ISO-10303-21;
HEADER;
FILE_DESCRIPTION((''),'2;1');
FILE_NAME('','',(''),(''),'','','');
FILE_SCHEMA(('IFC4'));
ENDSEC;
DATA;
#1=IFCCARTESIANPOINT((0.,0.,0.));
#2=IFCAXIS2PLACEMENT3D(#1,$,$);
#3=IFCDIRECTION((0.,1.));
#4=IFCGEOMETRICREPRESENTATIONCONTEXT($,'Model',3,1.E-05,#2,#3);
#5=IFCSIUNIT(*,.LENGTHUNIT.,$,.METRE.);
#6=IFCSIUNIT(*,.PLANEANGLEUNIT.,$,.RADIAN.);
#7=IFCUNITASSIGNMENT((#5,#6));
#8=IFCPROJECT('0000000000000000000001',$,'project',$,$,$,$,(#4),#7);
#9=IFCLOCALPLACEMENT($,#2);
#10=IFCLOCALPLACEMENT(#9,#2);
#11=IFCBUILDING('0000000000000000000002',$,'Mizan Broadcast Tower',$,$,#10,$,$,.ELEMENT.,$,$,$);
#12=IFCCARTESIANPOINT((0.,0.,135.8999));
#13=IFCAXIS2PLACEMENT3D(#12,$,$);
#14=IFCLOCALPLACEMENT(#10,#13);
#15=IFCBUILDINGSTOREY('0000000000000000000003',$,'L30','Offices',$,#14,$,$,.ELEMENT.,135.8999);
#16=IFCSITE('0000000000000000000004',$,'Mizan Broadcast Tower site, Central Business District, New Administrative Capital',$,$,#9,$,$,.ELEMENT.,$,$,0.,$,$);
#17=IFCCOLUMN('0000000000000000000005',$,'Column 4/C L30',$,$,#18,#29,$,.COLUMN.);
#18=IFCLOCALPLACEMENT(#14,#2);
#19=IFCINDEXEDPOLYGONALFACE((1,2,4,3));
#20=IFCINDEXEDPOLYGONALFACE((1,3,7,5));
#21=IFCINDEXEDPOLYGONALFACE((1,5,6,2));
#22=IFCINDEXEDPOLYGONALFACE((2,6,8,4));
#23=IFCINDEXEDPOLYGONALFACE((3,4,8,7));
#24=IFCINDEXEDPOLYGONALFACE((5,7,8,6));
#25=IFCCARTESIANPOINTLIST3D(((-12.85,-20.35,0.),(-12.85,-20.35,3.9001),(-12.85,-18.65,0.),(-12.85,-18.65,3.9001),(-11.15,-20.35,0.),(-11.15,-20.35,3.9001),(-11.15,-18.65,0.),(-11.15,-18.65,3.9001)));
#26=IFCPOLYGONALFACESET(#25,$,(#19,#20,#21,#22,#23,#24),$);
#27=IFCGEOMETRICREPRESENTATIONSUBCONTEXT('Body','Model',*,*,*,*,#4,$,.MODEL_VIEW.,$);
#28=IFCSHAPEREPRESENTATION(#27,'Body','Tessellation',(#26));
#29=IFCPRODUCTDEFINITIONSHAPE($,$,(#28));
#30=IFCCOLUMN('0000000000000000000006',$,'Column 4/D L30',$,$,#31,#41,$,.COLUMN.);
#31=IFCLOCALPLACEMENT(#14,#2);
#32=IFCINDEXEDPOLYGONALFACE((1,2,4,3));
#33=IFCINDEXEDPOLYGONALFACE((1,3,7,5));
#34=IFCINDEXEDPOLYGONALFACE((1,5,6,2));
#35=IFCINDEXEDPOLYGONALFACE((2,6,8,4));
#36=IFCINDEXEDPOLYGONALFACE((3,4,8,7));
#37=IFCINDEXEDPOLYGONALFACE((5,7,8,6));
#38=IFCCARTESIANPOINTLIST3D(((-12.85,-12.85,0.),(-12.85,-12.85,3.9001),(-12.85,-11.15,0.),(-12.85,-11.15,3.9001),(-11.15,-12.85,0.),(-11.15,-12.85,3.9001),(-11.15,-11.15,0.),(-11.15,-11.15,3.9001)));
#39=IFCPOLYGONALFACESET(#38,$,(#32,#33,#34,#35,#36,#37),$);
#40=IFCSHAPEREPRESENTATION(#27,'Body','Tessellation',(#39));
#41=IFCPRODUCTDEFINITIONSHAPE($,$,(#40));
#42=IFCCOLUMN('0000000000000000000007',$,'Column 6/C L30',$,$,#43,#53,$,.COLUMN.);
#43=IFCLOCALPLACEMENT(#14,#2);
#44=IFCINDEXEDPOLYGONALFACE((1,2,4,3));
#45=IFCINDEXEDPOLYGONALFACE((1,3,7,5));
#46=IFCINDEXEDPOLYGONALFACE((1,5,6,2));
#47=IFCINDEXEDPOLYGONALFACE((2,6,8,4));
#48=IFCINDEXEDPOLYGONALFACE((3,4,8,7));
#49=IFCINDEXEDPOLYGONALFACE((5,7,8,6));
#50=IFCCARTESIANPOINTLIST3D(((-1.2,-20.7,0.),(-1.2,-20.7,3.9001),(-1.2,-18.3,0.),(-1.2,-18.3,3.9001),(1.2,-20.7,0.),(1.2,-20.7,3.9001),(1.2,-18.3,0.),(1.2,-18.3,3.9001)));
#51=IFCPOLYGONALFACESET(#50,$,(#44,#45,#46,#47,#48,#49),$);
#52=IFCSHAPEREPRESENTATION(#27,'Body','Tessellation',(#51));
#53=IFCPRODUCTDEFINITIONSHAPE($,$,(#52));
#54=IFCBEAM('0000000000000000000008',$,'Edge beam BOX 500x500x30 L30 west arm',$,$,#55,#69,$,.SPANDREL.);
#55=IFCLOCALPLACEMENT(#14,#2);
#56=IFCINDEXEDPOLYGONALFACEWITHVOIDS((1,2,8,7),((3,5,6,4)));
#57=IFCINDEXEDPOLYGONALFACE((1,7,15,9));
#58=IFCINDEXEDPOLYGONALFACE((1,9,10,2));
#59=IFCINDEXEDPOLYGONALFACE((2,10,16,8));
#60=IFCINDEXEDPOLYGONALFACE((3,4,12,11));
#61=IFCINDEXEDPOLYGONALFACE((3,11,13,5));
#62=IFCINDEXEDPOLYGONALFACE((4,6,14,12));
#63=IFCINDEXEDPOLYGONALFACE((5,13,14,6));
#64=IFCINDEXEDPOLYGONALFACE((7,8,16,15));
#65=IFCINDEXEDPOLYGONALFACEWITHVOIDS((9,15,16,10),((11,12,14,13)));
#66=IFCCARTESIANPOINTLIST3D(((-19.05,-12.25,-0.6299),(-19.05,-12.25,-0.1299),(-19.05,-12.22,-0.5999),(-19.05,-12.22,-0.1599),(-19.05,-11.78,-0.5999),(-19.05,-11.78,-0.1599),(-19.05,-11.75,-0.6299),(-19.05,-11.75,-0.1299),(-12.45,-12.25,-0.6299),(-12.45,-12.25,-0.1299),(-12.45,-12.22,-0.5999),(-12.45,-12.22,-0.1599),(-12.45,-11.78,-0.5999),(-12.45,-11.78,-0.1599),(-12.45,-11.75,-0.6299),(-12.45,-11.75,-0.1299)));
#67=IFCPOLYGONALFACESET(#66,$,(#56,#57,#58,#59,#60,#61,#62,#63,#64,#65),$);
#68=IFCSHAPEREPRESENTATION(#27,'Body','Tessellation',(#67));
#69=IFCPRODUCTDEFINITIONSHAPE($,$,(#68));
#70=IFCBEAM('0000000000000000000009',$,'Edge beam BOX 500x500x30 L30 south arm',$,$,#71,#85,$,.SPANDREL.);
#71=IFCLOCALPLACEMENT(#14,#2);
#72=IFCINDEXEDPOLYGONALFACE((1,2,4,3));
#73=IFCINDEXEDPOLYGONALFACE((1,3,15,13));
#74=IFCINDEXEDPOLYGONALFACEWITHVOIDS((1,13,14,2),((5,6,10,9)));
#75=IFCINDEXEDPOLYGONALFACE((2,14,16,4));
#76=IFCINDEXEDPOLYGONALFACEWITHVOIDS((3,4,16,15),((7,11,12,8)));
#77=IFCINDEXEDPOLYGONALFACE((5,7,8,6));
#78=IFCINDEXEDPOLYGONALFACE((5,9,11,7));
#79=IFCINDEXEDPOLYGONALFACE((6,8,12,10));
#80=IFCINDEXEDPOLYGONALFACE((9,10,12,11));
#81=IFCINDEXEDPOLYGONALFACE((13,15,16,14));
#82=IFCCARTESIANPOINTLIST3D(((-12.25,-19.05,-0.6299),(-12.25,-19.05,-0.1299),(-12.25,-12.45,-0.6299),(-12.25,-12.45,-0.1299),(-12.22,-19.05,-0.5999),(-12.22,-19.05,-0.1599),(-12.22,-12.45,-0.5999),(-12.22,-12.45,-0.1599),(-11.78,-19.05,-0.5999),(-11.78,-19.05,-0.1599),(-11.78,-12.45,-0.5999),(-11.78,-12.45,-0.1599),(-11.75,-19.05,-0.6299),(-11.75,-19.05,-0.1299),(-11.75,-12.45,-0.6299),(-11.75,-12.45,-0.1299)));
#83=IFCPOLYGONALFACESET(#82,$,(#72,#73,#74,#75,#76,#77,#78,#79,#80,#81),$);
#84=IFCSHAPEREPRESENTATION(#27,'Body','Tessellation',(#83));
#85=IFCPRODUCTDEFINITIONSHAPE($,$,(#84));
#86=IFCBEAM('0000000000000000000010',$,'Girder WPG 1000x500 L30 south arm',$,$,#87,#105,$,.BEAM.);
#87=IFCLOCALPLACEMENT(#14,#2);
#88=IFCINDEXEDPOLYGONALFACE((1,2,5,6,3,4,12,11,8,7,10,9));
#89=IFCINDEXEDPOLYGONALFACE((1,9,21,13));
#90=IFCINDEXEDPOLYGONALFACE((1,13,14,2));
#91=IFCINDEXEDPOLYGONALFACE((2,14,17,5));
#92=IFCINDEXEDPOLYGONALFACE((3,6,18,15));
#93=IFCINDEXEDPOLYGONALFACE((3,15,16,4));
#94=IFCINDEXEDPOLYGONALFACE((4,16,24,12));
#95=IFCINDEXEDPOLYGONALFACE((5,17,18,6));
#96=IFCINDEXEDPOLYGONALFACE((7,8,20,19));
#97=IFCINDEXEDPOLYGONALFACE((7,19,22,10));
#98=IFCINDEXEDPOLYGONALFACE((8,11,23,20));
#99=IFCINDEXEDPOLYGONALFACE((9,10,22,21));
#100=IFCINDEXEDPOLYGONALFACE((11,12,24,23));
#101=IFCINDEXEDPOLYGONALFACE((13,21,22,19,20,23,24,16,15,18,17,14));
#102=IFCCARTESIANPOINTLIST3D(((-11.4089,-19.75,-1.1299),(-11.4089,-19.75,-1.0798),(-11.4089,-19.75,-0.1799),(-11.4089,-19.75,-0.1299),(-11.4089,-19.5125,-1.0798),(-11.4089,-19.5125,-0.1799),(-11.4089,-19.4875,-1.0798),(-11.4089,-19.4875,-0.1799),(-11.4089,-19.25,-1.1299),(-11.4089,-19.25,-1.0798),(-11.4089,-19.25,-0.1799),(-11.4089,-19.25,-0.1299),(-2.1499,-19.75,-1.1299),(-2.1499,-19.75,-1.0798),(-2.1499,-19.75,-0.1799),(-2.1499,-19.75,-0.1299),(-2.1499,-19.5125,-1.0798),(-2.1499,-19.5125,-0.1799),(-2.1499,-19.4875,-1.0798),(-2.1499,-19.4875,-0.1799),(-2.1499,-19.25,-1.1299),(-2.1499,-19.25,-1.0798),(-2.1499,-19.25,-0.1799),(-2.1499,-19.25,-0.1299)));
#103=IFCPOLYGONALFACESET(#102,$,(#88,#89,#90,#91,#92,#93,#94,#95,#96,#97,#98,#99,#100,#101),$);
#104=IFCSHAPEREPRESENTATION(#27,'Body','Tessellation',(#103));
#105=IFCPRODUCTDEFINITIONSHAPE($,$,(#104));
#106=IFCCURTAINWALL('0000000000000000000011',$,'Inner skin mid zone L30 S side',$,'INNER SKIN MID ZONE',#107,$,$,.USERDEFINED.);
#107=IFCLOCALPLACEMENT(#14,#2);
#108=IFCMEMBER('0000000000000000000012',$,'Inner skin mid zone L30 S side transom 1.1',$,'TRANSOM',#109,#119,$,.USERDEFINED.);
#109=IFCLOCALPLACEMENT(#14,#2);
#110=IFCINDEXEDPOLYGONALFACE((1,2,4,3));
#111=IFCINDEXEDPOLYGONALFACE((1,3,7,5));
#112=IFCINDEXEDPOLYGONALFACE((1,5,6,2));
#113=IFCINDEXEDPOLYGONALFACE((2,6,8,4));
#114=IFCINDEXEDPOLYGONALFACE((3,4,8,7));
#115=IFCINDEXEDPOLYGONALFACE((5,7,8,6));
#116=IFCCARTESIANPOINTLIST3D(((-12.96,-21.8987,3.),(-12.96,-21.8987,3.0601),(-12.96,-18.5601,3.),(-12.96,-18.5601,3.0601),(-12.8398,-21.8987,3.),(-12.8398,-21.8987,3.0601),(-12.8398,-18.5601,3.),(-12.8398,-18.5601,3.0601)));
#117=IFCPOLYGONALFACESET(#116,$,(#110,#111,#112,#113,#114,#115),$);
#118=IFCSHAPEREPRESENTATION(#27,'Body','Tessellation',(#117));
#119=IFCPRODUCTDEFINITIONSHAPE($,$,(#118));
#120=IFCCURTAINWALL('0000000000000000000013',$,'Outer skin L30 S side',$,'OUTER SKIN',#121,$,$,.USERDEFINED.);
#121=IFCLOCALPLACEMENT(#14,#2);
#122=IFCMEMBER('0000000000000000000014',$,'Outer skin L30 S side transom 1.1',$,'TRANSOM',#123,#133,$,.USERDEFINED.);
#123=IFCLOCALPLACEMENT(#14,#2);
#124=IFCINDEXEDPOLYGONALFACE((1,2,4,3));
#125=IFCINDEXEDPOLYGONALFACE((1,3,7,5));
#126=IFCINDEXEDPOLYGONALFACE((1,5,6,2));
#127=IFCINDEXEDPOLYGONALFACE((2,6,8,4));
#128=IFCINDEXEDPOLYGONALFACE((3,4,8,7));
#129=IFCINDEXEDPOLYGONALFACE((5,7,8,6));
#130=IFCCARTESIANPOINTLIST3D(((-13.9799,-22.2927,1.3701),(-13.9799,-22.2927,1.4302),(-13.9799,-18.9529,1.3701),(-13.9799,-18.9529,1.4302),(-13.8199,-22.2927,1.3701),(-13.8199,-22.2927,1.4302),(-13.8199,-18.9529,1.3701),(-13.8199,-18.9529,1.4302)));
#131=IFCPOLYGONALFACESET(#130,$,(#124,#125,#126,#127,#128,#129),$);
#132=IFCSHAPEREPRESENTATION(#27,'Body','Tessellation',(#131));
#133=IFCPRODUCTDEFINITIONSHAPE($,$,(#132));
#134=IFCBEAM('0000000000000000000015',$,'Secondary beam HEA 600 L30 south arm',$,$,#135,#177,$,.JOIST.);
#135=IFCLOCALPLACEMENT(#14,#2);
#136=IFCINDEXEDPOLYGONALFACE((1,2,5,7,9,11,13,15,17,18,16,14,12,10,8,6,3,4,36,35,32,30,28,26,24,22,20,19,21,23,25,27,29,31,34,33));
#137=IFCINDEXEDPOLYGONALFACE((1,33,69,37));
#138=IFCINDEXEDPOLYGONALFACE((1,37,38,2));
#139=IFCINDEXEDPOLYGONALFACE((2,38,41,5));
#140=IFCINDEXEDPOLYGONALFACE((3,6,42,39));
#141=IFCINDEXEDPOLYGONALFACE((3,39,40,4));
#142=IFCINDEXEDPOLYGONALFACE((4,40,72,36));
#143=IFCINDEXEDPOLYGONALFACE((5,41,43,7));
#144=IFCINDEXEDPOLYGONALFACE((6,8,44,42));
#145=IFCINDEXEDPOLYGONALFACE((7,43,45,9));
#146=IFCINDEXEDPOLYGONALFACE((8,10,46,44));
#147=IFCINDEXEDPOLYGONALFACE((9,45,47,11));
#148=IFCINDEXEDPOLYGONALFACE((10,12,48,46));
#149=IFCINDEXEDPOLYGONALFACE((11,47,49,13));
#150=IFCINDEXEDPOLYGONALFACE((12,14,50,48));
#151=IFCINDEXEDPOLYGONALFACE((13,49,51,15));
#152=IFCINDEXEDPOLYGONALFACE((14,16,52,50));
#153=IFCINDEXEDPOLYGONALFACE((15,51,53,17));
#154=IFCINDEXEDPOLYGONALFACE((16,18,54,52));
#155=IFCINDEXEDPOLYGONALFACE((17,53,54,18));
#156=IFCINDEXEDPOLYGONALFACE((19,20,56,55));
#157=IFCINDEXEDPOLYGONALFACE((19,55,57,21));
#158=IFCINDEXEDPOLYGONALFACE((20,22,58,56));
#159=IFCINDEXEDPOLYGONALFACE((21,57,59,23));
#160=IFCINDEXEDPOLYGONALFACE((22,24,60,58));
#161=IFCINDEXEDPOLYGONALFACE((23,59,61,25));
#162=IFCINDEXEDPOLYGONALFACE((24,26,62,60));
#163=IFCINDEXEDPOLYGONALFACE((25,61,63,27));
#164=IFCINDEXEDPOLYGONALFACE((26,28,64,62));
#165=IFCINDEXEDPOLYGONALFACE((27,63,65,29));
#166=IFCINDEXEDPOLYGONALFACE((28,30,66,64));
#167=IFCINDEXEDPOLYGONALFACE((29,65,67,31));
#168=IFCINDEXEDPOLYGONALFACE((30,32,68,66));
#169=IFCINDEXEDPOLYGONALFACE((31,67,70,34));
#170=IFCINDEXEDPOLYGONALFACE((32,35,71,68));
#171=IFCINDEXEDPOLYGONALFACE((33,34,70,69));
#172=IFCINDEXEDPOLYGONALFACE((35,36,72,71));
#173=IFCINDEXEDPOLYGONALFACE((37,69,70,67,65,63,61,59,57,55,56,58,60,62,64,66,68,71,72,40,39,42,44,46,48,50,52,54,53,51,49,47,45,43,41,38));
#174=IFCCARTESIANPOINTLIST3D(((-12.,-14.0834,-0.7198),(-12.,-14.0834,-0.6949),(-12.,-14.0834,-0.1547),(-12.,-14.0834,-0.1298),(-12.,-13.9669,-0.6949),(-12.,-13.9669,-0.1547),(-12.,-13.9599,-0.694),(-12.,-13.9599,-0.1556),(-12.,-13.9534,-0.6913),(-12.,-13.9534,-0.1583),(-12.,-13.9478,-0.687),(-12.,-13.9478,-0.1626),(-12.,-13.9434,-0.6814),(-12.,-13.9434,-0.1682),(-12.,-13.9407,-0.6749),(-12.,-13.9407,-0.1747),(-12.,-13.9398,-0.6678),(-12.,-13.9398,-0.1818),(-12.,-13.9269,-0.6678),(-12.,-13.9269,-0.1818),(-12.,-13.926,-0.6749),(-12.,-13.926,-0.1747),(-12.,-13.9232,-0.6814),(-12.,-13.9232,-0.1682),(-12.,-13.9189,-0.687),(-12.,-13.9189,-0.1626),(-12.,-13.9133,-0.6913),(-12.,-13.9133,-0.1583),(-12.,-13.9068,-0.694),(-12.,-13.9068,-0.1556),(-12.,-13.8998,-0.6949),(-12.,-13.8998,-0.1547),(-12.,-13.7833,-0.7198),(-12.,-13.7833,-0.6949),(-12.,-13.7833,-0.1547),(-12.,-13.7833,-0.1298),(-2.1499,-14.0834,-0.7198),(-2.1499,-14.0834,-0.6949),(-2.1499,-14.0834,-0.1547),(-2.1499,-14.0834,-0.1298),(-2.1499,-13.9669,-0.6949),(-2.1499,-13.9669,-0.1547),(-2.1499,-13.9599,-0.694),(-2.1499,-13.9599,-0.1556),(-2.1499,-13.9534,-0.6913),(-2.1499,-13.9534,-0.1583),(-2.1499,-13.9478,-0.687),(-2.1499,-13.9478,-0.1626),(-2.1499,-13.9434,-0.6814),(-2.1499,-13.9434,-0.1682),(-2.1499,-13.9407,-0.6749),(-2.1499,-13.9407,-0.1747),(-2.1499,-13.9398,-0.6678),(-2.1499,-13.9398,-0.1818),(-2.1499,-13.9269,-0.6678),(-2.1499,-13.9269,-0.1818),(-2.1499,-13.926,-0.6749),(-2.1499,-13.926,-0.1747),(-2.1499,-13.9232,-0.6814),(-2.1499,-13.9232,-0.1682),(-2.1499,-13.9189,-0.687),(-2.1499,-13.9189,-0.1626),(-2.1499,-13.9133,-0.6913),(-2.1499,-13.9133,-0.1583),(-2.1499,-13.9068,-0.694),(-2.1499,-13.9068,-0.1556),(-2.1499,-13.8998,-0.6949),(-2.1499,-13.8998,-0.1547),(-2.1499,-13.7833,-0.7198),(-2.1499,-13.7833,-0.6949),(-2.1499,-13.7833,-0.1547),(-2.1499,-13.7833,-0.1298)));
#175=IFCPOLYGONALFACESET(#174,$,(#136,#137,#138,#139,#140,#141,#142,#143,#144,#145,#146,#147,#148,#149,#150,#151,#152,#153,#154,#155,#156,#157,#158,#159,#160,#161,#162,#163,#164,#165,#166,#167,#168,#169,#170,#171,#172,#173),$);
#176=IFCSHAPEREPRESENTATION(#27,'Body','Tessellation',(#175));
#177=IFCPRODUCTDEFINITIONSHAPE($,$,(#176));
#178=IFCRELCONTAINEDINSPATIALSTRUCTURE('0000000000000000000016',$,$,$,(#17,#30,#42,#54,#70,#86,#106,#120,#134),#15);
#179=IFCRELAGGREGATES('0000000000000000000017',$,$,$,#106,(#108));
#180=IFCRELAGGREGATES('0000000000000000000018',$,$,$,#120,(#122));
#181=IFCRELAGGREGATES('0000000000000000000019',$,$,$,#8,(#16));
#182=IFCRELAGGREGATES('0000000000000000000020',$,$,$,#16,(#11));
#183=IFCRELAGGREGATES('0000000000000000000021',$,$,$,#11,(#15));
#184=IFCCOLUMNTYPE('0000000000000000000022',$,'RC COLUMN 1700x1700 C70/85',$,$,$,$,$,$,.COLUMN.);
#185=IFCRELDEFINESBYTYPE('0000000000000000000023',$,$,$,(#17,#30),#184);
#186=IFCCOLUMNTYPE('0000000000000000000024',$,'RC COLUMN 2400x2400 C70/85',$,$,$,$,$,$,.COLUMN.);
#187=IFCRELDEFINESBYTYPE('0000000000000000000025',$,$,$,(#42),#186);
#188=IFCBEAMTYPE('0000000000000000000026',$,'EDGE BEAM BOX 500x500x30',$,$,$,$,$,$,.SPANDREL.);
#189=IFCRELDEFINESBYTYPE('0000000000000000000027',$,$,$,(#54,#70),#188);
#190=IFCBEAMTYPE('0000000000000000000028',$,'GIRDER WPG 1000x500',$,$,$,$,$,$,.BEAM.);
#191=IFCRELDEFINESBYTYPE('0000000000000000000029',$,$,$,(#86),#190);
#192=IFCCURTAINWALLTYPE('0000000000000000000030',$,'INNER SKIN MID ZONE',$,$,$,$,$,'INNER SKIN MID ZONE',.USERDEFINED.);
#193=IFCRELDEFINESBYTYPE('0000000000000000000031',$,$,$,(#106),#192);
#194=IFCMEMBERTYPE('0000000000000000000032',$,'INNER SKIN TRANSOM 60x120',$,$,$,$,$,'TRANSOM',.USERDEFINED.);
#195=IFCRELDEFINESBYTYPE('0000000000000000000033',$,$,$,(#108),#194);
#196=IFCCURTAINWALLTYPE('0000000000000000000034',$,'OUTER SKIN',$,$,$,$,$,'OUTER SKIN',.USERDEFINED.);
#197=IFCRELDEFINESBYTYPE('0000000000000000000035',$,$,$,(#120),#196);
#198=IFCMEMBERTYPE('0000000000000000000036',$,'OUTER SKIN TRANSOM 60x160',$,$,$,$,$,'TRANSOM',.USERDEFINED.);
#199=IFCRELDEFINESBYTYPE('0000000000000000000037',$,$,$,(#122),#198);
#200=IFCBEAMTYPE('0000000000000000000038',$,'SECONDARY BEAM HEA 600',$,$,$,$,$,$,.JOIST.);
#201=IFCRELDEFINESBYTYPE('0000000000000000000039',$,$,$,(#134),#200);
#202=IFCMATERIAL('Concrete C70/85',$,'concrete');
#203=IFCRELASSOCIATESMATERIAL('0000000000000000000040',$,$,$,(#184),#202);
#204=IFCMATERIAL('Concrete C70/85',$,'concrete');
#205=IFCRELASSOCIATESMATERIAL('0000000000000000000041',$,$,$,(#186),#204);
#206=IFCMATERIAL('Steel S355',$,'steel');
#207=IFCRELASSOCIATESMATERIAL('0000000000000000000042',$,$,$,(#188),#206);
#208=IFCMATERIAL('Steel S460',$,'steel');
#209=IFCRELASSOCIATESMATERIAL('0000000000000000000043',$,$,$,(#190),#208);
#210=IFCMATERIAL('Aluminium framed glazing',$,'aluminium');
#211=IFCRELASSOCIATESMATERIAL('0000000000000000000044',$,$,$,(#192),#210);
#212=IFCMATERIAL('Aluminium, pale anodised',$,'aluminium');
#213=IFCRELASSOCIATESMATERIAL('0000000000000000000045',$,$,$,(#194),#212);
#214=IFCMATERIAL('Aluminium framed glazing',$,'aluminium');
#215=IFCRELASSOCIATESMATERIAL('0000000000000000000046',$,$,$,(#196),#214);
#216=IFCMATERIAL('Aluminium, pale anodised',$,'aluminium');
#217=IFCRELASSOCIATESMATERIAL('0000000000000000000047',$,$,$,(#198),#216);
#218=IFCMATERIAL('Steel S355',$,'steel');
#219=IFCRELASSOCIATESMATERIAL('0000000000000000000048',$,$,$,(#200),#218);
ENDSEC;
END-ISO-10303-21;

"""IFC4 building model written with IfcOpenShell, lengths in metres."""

from ifc_helpers import new_model, si_unit, direction, frame, origin, origin_2d, place, context, subcontext, project, spatial, rectangle, hollow_rectangle, i_section, extrude, material, material_profile, profile_set, type_object, element, aggregate, save


model = new_model("IFC4")

# Units and contexts
model_context = context("Model", 3, precision=1e-05, world=origin(), true_north=direction((0.0, 1.0)))
body_context = subcontext(model_context, "Body", "Model", "MODEL_VIEW")
ifc_project = project(units=[si_unit("LENGTHUNIT", "METRE"), si_unit("PLANEANGLEUNIT", "RADIAN")], contexts=[model_context])

# Site, building, storey
site_placement = place(None, origin())
site = spatial("IfcSite", under=ifc_project, at=site_placement, Name="Mizan Broadcast Tower site, Central Business District, New Administrative Capital", CompositionType="ELEMENT", RefElevation=0.0)
building_placement = place(site_placement, origin())
building = spatial("IfcBuilding", under=site, at=building_placement, Name="Mizan Broadcast Tower", CompositionType="ELEMENT")
storey_placement = place(building_placement, frame((0.0, 0.0, 135.8999)))
storey = spatial("IfcBuildingStorey", under=building, at=storey_placement, Name="L30", Description="Offices", CompositionType="ELEMENT", Elevation=135.8999)

# Columns
ifc_material_1 = material(Name="Concrete C70/85", Category="concrete")
ifc_material_profile_1 = material_profile(ifc_material_1, rectangle(XDim=1.7, YDim=1.7, at=origin_2d()), Name="RC 1700x1700")
ifc_profile_set_1 = profile_set([ifc_material_profile_1], Name="Concrete C70/85")
column_type_1 = type_object("IfcColumnType", Name="RC COLUMN 1700x1700 C70/85", PredefinedType="COLUMN", material=ifc_profile_set_1)
for number, where, z_axis, x_axis, name in (
    (1, (-12.0, -19.5, 0.0), (0.0, 0.0, 1.0), (1.0, 0.0, 0.0), "Column 4/C L30"),
    (2, (-12.0, -12.0, 0.0), (0.0, 0.0, 1.0), (1.0, 0.0, 0.0), "Column 4/D L30"),
):
    element("IfcColumn", number, at=place(storey_placement, frame(where, z_axis=z_axis, x_axis=x_axis)), inside=storey, type_object=column_type_1, Name=name, PredefinedType="COLUMN", context=body_context, shape_type="SweptSolid", body=[
        extrude(rectangle(XDim=1.7, YDim=1.7, at=origin_2d()), origin(), (0.0, 0.0, 1.0), 3.9001),
    ])
ifc_material_2 = material(Name="Concrete C70/85", Category="concrete")
ifc_material_profile_2 = material_profile(ifc_material_2, rectangle(XDim=2.3999, YDim=2.3999, at=origin_2d()), Name="RC 2400x2400")
ifc_profile_set_2 = profile_set([ifc_material_profile_2], Name="Concrete C70/85")
column_type_2 = type_object("IfcColumnType", Name="RC COLUMN 2400x2400 C70/85", PredefinedType="COLUMN", material=ifc_profile_set_2)
column_placement = place(storey_placement, frame((0.0, -19.5, 0.0), z_axis=(0.0, 0.0, 1.0), x_axis=(1.0, 0.0, 0.0)))
element("IfcColumn", 3, at=column_placement, inside=storey, type_object=column_type_2, Name="Column 6/C L30", PredefinedType="COLUMN", context=body_context, shape_type="SweptSolid", body=[
    extrude(rectangle(XDim=2.3999, YDim=2.3999, at=origin_2d()), origin(), (0.0, 0.0, 1.0), 3.9001),
])

# Beams
ifc_material_3 = material(Name="Steel S355", Category="steel")
ifc_material_profile_3 = material_profile(ifc_material_3, hollow_rectangle(XDim=0.5, YDim=0.5, WallThickness=0.03, at=origin_2d()), Name="BOX 500x500x30")
ifc_profile_set_3 = profile_set([ifc_material_profile_3], Name="Steel S355")
beam_type_1 = type_object("IfcBeamType", Name="EDGE BEAM BOX 500x500x30", PredefinedType="SPANDREL", material=ifc_profile_set_3)
for number, where, z_axis, x_axis, name in (
    (4, (-12.45, -12.0, -0.3799), (-1.0, 0.0, 0.0), (0.0, -1.0, 0.0), "Edge beam BOX 500x500x30 L30 west arm"),
    (5, (-12.0, -12.45, -0.3799), (0.0, -1.0, 0.0), (1.0, 0.0, 0.0), "Edge beam BOX 500x500x30 L30 south arm"),
):
    element("IfcBeam", number, at=place(storey_placement, frame(where, z_axis=z_axis, x_axis=x_axis)), inside=storey, type_object=beam_type_1, Name=name, PredefinedType="SPANDREL", context=body_context, shape_type="SweptSolid", body=[
        extrude(hollow_rectangle(XDim=0.5, YDim=0.5, WallThickness=0.03, at=origin_2d()), origin(), (0.0, 0.0, 1.0), 6.6001),
    ])
ifc_material_4 = material(Name="Steel S460", Category="steel")
ifc_material_profile_4 = material_profile(ifc_material_4, i_section(OverallWidth=0.5, OverallDepth=1.0, WebThickness=0.0249, FlangeThickness=0.05, at=origin_2d()), Name="WPG 1000x500")
ifc_profile_set_4 = profile_set([ifc_material_profile_4], Name="Steel S460")
beam_type_2 = type_object("IfcBeamType", Name="GIRDER WPG 1000x500", PredefinedType="BEAM", material=ifc_profile_set_4)
beam_1_placement = place(storey_placement, frame((-11.4089, -19.5, -0.6299), z_axis=(1.0, 0.0, 0.0), x_axis=(0.0, 1.0, 0.0)))
element("IfcBeam", 6, at=beam_1_placement, inside=storey, type_object=beam_type_2, Name="Girder WPG 1000x500 L30 south arm", PredefinedType="BEAM", context=body_context, shape_type="SweptSolid", body=[
    extrude(i_section(OverallWidth=0.5, OverallDepth=1.0, WebThickness=0.0249, FlangeThickness=0.05, at=origin_2d()), origin(), (0.0, 0.0, 1.0), 9.259),
])

# Curtain walls, members
ifc_material_5 = material(Name="Aluminium framed glazing", Category="aluminium")
curtain_wall_type_1 = type_object("IfcCurtainWallType", Name="INNER SKIN MID ZONE", ElementType="INNER SKIN MID ZONE", PredefinedType="USERDEFINED", material=ifc_material_5)
curtain_wall_1_placement = place(storey_placement, origin())
curtain_wall_1 = element("IfcCurtainWall", 7, at=curtain_wall_1_placement, inside=storey, type_object=curtain_wall_type_1, Name="Inner skin mid zone L30 S side", ObjectType="INNER SKIN MID ZONE", PredefinedType="USERDEFINED")
ifc_material_6 = material(Name="Aluminium, pale anodised", Category="aluminium")
ifc_material_profile_5 = material_profile(ifc_material_6, rectangle(XDim=0.1201, YDim=0.0601, at=origin_2d()), Name="TRANSOM 120x60")
ifc_profile_set_5 = profile_set([ifc_material_profile_5], Name="Aluminium, pale anodised")
member_type_1 = type_object("IfcMemberType", Name="INNER SKIN TRANSOM 60x120", ElementType="TRANSOM", PredefinedType="USERDEFINED", material=ifc_profile_set_5)
member_1_placement = place(storey_placement, frame((-12.8999, -18.5601, 3.03), z_axis=(0.0, -1.0, 0.0), x_axis=(1.0, 0.0, 0.0)))
member_1 = element("IfcMember", 8, at=member_1_placement, type_object=member_type_1, Name="Inner skin mid zone L30 S side transom 1.1", ObjectType="TRANSOM", PredefinedType="USERDEFINED", context=body_context, shape_type="SweptSolid", body=[
    extrude(rectangle(XDim=0.1201, YDim=0.0601, at=origin_2d()), origin(), (0.0, 0.0, 1.0), 3.3386),
])
aggregate(curtain_wall_1, [member_1])
ifc_material_7 = material(Name="Aluminium framed glazing", Category="aluminium")
curtain_wall_type_2 = type_object("IfcCurtainWallType", Name="OUTER SKIN", ElementType="OUTER SKIN", PredefinedType="USERDEFINED", material=ifc_material_7)
curtain_wall_2_placement = place(storey_placement, origin())
curtain_wall_2 = element("IfcCurtainWall", 9, at=curtain_wall_2_placement, inside=storey, type_object=curtain_wall_type_2, Name="Outer skin L30 S side", ObjectType="OUTER SKIN", PredefinedType="USERDEFINED")
ifc_material_8 = material(Name="Aluminium, pale anodised", Category="aluminium")
ifc_material_profile_6 = material_profile(ifc_material_8, rectangle(XDim=0.1599, YDim=0.0601, at=origin_2d()), Name="TRANSOM 160x60")
ifc_profile_set_6 = profile_set([ifc_material_profile_6], Name="Aluminium, pale anodised")
member_type_2 = type_object("IfcMemberType", Name="OUTER SKIN TRANSOM 60x160", ElementType="TRANSOM", PredefinedType="USERDEFINED", material=ifc_profile_set_6)
member_2_placement = place(storey_placement, frame((-13.8999, -18.9529, 1.4001), z_axis=(0.0, -1.0, 0.0), x_axis=(1.0, 0.0, 0.0)))
member_2 = element("IfcMember", 10, at=member_2_placement, type_object=member_type_2, Name="Outer skin L30 S side transom 1.1", ObjectType="TRANSOM", PredefinedType="USERDEFINED", context=body_context, shape_type="SweptSolid", body=[
    extrude(rectangle(XDim=0.1599, YDim=0.0601, at=origin_2d()), origin(), (0.0, 0.0, 1.0), 3.3398),
])
aggregate(curtain_wall_2, [member_2])

# Beam
ifc_material_9 = material(Name="Steel S355", Category="steel")
ifc_material_profile_7 = material_profile(ifc_material_9, i_section(OverallWidth=0.3, OverallDepth=0.5901, WebThickness=0.0129, FlangeThickness=0.0249, FilletRadius=0.0271, at=origin_2d()), Name="HEA 600")
ifc_profile_set_7 = profile_set([ifc_material_profile_7], Name="Steel S355")
beam_type_3 = type_object("IfcBeamType", Name="SECONDARY BEAM HEA 600", PredefinedType="JOIST", material=ifc_profile_set_7)
for number, where, z_axis, x_axis, name in (
    (11, (-12.0, -13.9333, -0.4248), (1.0, 0.0, 0.0), (0.0, 1.0, 0.0), "Secondary beam HEA 600 L30 south arm"),
):
    element("IfcBeam", number, at=place(storey_placement, frame(where, z_axis=z_axis, x_axis=x_axis)), inside=storey, type_object=beam_type_3, Name=name, PredefinedType="JOIST", context=body_context, shape_type="SweptSolid", body=[
        extrude(i_section(OverallWidth=0.3, OverallDepth=0.5901, WebThickness=0.0129, FlangeThickness=0.0249, FilletRadius=0.0271, at=origin_2d()), origin(), (0.0, 0.0, 1.0), 9.8501),
    ])

save(model, "model.ifc")
